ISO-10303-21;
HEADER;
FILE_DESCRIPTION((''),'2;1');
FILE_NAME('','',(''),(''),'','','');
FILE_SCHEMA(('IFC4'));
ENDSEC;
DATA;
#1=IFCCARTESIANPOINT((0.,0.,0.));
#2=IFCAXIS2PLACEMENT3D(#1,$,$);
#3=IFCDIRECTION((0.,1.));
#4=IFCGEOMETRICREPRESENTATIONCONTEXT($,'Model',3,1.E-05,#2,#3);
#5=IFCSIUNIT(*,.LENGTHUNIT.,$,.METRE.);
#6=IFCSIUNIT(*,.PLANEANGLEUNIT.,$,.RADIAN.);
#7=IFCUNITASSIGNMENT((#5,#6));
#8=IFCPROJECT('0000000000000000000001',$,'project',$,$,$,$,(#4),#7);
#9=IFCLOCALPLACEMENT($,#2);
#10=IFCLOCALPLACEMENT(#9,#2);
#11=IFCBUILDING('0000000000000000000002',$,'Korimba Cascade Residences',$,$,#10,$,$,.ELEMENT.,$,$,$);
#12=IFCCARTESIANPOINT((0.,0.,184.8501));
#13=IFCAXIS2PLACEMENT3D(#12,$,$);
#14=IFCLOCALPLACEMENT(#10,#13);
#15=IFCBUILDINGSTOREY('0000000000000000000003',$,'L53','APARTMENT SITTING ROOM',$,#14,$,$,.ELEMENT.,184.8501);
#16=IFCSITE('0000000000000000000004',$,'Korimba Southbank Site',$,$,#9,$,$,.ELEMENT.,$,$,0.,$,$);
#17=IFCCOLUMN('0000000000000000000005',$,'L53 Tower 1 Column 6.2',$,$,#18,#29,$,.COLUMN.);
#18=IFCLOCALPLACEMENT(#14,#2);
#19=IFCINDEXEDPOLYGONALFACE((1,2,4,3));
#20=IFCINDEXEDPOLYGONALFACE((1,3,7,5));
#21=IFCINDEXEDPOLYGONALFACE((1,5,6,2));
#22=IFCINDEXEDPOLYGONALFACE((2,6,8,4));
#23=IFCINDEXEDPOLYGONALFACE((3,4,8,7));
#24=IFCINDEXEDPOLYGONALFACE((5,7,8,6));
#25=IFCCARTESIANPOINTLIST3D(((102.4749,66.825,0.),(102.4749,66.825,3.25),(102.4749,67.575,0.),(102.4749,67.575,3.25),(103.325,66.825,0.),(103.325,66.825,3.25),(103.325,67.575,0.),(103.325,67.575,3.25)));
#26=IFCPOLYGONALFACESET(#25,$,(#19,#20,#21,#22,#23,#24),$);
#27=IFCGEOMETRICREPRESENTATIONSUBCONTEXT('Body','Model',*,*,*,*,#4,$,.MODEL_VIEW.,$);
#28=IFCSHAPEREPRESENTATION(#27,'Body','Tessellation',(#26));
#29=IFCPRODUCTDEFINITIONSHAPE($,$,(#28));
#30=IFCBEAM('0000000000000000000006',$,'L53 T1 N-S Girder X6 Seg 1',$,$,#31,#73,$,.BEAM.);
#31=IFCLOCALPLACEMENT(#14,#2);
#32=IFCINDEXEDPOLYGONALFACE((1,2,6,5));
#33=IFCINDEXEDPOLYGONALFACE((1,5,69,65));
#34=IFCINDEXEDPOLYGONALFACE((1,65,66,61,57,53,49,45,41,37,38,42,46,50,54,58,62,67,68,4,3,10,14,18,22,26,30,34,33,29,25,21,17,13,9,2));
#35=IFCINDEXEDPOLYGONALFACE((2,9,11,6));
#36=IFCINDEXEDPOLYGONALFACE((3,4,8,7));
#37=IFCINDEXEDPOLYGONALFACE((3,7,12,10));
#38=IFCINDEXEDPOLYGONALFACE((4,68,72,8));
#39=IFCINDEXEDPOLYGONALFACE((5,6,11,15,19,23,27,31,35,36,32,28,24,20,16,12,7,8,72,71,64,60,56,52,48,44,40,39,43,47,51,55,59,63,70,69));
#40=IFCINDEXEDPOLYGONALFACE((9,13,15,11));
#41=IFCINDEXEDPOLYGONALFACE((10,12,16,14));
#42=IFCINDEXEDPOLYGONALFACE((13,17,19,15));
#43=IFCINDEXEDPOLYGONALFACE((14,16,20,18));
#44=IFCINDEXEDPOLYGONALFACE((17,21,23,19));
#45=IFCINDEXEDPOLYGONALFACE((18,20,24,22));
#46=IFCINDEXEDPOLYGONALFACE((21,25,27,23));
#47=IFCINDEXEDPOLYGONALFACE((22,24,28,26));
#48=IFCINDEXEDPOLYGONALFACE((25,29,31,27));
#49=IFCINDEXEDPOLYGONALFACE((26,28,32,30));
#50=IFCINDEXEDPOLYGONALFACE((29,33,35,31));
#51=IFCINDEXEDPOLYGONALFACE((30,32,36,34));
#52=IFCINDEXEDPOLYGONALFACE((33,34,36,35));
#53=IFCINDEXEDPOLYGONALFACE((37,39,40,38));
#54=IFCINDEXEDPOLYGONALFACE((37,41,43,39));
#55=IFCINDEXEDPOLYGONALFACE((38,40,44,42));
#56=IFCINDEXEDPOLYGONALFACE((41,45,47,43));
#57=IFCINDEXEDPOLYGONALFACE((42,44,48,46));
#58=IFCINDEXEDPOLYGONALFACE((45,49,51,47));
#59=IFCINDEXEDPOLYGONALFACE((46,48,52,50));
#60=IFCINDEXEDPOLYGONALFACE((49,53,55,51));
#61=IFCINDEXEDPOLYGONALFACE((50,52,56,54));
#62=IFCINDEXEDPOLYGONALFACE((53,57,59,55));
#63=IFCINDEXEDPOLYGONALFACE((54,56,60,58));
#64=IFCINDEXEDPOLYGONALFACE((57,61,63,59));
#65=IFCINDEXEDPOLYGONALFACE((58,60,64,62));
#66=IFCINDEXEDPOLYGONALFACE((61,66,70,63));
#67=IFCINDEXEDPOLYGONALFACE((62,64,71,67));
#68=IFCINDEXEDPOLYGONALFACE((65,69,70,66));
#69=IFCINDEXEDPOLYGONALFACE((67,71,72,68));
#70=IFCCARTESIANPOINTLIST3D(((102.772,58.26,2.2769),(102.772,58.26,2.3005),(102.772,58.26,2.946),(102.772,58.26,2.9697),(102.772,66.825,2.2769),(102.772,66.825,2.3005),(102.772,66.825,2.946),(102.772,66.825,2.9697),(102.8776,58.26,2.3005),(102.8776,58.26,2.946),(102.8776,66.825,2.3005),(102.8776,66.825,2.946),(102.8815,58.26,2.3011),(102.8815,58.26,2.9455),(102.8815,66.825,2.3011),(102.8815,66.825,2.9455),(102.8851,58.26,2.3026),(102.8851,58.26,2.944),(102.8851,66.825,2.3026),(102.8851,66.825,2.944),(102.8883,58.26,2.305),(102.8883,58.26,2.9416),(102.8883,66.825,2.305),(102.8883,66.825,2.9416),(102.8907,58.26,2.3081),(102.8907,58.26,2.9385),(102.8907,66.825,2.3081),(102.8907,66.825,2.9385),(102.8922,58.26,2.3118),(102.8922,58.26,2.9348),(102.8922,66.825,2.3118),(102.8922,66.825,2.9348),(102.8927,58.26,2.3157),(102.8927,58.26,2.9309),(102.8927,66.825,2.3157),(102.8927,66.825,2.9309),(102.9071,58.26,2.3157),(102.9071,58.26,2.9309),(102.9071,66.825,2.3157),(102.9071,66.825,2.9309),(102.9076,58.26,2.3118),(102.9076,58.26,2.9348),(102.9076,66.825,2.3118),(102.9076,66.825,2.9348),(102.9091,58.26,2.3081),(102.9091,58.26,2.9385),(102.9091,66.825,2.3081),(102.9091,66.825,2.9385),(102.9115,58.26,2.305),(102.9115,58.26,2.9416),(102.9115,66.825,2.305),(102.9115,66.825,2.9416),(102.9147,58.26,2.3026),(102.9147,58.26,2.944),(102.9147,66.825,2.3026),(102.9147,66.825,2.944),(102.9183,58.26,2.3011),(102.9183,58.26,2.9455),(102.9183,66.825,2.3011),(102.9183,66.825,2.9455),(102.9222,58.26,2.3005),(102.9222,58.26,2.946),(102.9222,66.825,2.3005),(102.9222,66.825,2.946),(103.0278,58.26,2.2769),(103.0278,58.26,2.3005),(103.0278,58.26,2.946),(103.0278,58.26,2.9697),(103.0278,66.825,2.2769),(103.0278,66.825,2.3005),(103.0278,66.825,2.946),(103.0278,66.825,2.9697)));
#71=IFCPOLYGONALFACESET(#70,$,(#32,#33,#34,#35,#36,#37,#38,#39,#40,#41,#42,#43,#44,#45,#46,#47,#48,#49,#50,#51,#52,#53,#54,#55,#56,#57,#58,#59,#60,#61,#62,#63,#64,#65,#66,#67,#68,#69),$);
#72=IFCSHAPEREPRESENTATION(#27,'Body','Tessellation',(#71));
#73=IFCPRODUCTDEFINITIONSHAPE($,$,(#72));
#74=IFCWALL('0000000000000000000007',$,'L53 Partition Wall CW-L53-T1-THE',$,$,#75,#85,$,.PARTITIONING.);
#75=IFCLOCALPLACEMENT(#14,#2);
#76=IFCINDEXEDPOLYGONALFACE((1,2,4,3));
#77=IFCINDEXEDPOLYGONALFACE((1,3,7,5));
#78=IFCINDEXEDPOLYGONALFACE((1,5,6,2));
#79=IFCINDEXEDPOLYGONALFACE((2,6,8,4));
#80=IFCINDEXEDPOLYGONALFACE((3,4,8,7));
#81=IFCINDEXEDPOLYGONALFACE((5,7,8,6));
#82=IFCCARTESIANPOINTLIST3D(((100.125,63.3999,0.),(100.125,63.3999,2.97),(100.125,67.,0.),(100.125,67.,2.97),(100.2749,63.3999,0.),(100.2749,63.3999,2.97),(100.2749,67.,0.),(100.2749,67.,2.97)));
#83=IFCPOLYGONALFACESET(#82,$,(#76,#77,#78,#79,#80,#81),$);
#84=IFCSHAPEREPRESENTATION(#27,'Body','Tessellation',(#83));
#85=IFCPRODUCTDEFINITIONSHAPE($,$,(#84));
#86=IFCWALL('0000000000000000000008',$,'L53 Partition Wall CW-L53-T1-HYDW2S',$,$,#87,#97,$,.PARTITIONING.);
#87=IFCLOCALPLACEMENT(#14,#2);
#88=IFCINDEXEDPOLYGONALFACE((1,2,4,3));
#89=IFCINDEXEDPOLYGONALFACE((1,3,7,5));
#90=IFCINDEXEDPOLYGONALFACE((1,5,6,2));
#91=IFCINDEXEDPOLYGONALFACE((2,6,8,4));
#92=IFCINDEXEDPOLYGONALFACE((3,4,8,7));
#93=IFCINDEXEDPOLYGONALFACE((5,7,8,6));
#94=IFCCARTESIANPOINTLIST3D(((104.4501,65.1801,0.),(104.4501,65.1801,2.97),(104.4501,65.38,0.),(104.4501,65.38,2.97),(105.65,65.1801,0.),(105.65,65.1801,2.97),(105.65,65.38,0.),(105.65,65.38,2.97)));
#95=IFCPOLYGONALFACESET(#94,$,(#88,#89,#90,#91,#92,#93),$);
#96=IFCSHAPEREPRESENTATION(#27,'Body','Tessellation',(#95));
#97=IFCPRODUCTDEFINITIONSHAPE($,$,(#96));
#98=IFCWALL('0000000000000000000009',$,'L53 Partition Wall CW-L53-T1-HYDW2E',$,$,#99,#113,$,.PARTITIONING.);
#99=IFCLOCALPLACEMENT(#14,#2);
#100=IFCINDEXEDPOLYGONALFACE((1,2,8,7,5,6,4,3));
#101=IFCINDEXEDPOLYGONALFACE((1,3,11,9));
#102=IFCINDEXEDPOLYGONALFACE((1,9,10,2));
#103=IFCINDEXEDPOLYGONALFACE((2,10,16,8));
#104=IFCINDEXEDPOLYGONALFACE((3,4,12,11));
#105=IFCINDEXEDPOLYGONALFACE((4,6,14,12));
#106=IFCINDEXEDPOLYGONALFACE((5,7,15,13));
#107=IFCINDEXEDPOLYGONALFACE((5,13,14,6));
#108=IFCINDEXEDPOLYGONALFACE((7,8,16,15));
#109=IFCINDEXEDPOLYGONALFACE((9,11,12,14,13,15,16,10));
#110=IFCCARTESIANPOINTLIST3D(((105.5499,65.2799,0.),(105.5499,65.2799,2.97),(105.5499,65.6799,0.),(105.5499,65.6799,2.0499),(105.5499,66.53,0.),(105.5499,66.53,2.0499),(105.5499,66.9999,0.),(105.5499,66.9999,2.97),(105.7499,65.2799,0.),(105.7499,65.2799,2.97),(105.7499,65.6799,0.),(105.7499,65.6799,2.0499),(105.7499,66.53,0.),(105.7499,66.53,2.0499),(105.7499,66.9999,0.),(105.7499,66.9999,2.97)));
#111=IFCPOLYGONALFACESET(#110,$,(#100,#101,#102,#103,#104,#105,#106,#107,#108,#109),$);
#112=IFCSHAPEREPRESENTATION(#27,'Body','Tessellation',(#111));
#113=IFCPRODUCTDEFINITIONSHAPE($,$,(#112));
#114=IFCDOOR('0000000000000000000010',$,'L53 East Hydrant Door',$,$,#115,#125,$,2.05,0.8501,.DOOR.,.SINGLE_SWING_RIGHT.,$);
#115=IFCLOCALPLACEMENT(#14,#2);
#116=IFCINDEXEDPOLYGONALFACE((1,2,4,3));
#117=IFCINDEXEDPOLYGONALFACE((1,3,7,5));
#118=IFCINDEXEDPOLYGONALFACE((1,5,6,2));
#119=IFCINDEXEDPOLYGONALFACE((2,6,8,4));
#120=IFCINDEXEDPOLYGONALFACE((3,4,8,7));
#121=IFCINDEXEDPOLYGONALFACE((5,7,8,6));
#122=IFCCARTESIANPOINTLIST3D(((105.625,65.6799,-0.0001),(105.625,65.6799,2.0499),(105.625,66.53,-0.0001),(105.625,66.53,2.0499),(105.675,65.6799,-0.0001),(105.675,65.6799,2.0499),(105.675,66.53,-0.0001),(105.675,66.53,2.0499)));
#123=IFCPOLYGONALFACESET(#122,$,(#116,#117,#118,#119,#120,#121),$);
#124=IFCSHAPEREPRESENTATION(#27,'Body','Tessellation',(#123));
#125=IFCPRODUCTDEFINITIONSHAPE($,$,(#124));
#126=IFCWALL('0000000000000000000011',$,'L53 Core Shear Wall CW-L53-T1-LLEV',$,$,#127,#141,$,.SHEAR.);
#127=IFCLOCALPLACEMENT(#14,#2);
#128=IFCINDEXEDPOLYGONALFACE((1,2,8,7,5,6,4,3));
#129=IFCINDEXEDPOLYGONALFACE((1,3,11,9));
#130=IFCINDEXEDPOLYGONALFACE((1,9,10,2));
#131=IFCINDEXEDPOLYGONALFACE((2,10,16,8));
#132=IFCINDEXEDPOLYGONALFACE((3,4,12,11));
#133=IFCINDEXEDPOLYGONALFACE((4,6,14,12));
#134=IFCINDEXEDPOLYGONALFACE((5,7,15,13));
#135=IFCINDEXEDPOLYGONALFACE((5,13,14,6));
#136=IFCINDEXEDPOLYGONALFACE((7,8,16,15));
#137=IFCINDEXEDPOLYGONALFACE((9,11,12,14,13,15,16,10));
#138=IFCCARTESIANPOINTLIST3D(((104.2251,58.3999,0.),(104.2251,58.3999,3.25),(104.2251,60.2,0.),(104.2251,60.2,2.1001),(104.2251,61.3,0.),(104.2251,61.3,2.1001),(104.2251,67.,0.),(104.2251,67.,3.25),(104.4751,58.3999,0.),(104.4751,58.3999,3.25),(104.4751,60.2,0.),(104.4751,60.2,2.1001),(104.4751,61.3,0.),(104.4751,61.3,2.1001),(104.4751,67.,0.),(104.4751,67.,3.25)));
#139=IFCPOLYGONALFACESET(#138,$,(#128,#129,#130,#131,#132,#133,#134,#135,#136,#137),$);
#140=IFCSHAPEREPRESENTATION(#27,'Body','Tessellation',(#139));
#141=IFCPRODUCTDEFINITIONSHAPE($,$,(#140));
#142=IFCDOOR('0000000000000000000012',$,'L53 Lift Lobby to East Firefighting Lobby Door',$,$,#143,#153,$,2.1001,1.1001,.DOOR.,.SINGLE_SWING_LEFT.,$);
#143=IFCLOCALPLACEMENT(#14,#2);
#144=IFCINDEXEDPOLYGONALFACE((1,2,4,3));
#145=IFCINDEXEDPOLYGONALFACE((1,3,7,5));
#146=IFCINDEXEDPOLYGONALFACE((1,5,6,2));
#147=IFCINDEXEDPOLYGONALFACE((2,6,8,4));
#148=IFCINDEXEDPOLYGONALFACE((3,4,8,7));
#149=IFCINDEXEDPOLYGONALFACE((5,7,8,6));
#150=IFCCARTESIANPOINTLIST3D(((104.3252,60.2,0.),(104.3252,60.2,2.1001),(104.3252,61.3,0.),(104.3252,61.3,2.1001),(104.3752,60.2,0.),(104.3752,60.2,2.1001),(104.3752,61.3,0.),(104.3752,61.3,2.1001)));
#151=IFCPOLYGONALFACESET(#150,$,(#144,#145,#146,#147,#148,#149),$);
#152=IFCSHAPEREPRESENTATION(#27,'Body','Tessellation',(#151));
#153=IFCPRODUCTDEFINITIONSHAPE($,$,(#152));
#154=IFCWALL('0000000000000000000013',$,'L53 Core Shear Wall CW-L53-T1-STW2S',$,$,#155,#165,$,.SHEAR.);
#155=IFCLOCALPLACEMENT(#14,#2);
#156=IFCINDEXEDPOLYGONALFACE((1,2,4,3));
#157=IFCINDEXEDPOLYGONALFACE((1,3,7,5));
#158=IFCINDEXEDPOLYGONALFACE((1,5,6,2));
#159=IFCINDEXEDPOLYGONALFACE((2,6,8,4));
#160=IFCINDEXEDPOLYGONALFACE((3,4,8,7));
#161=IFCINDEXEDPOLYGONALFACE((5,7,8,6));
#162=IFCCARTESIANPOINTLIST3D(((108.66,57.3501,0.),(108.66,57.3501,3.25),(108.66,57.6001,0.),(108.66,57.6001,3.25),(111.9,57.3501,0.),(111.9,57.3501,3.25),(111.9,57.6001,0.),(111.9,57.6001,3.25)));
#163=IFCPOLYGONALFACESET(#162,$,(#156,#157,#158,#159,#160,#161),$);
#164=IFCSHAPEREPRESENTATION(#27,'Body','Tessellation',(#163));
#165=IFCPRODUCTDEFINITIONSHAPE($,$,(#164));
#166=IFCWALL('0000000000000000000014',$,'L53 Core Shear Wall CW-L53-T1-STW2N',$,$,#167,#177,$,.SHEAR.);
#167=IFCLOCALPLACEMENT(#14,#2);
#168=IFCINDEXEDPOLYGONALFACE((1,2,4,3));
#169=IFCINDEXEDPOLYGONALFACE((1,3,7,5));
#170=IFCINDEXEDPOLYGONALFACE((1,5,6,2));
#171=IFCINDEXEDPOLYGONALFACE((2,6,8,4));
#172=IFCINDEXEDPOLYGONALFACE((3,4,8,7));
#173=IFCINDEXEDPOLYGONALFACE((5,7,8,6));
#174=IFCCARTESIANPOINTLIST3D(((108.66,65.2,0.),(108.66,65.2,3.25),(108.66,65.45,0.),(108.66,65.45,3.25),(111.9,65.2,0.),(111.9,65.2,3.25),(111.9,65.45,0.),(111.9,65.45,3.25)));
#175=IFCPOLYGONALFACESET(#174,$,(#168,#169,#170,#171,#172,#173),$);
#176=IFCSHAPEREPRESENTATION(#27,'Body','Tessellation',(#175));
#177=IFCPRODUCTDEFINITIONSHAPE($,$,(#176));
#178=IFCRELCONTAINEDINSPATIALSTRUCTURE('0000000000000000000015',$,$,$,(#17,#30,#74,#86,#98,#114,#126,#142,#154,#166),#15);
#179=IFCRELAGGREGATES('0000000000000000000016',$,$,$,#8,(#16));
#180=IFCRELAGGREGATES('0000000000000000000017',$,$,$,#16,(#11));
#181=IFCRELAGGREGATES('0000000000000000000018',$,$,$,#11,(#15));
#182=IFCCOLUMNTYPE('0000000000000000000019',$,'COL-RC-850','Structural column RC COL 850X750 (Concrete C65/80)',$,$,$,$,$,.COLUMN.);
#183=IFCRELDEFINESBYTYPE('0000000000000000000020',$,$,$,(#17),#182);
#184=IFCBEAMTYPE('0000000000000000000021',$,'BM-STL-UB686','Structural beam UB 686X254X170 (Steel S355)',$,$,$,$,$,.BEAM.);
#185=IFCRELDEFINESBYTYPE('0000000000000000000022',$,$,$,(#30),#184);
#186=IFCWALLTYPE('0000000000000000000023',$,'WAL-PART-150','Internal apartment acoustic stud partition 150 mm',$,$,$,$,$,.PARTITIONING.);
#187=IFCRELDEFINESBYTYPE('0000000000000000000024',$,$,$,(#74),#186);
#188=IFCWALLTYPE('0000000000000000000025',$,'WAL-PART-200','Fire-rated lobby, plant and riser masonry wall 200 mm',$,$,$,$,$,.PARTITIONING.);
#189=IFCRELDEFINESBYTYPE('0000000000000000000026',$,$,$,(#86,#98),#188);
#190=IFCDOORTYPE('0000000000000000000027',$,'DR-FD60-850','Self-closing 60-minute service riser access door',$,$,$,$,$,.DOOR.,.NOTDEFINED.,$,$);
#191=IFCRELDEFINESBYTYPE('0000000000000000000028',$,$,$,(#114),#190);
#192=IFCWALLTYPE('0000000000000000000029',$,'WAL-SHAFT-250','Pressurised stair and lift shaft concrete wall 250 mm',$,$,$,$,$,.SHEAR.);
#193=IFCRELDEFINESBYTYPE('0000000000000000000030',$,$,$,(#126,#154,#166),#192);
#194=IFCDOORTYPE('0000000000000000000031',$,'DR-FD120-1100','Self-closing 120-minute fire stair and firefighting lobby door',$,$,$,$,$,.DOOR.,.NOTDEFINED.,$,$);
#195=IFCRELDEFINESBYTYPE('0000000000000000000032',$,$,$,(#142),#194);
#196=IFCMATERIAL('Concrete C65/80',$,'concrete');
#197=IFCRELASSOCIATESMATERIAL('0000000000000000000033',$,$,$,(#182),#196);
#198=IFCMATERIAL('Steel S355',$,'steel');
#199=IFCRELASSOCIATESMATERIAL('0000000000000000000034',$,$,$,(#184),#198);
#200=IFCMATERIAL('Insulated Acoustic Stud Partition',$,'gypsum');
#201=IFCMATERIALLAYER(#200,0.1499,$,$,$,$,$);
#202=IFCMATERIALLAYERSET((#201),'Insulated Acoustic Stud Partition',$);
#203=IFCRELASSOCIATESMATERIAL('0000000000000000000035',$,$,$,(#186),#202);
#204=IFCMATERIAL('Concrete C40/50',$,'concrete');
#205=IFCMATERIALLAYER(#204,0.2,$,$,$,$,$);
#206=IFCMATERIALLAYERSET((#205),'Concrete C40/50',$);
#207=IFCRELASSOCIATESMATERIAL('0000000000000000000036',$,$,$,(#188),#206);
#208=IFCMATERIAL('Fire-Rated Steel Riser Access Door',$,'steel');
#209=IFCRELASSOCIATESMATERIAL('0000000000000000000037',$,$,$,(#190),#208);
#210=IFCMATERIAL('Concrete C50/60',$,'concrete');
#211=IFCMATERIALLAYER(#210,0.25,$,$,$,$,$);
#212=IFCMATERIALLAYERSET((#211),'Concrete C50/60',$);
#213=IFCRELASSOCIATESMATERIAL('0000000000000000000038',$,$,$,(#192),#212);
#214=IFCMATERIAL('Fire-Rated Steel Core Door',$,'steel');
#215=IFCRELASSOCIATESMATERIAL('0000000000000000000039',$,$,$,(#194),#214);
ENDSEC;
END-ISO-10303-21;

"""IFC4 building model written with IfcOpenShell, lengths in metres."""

from ifc_helpers import new_model, si_unit, direction, frame, frame_2d, origin, origin_2d, place, context, subcontext, project, spatial, rectangle, i_section, extrude, material, layer, layer_set, material_profile, profile_set, type_object, element, fill, save


model = new_model("IFC4")

# Units and contexts
model_context = context("Model", 3, precision=1e-05, world=origin(), true_north=direction((0.0, 1.0)))
body_context = subcontext(model_context, "Body", "Model", "MODEL_VIEW")
ifc_project = project(units=[si_unit("LENGTHUNIT", "METRE"), si_unit("PLANEANGLEUNIT", "RADIAN")], contexts=[model_context])

# Site, building, storey
site_placement = place(None, origin())
site = spatial("IfcSite", under=ifc_project, at=site_placement, Name="Korimba Southbank Site", CompositionType="ELEMENT", RefElevation=0.0)
building_placement = place(site_placement, origin())
building = spatial("IfcBuilding", under=site, at=building_placement, Name="Korimba Cascade Residences", CompositionType="ELEMENT")
storey_placement = place(building_placement, frame((0.0, 0.0, 184.8501)))
storey = spatial("IfcBuildingStorey", under=building, at=storey_placement, Name="L53", Description="APARTMENT SITTING ROOM", CompositionType="ELEMENT", Elevation=184.8501)

# Column
ifc_material_1 = material(Name="Concrete C65/80", Category="concrete")
ifc_material_profile_1 = material_profile(ifc_material_1, rectangle(XDim=0.8501, YDim=0.75, at=origin_2d()), Name="Concrete C65/80")
ifc_profile_set_1 = profile_set([ifc_material_profile_1], Name="Concrete C65/80")
column_type = type_object("IfcColumnType", Name="COL-RC-850", Description="Structural column RC COL 850X750 (Concrete C65/80)", PredefinedType="COLUMN", material=ifc_profile_set_1)
column_placement = place(storey_placement, frame((102.8999, 67.2, 0.0), z_axis=(0.0, 0.0, 1.0), x_axis=(1.0, 0.0, 0.0)))
element("IfcColumn", 1, at=column_placement, inside=storey, type_object=column_type, Name="L53 Tower 1 Column 6.2", PredefinedType="COLUMN", context=body_context, shape_type="SweptSolid", body=[
    extrude(rectangle(XDim=0.8501, YDim=0.75, at=origin_2d()), origin(), (0.0, 0.0, 1.0), 3.25),
])

# Beam
ifc_material_2 = material(Name="Steel S355", Category="steel")
ifc_material_profile_2 = material_profile(ifc_material_2, i_section(OverallWidth=0.2559, OverallDepth=0.6929, WebThickness=0.0144, FlangeThickness=0.0237, FilletRadius=0.0151, at=origin_2d()), Name="Steel S355")
ifc_profile_set_2 = profile_set([ifc_material_profile_2], Name="Steel S355")
beam_type = type_object("IfcBeamType", Name="BM-STL-UB686", Description="Structural beam UB 686X254X170 (Steel S355)", PredefinedType="BEAM", material=ifc_profile_set_2)
beam_placement = place(storey_placement, frame((102.8999, 58.26, 2.6233), z_axis=(0.0, 1.0, 0.0), x_axis=(-1.0, 0.0, 0.0)))
element("IfcBeam", 2, at=beam_placement, inside=storey, type_object=beam_type, Name="L53 T1 N-S Girder X6 Seg 1", PredefinedType="BEAM", context=body_context, shape_type="SweptSolid", body=[
    extrude(i_section(OverallWidth=0.2559, OverallDepth=0.6929, WebThickness=0.0144, FlangeThickness=0.0237, FilletRadius=0.0151, at=origin_2d()), origin(), (0.0, 0.0, 1.0), 8.5649),
])

# Walls
ifc_material_3 = material(Name="Insulated Acoustic Stud Partition", Category="gypsum")
ifc_layer_1 = layer(ifc_material_3, 0.1499)
ifc_layer_set_1 = layer_set([ifc_layer_1], Name="Insulated Acoustic Stud Partition")
wall_type_1 = type_object("IfcWallType", Name="WAL-PART-150", Description="Internal apartment acoustic stud partition 150 mm", PredefinedType="PARTITIONING", material=ifc_layer_set_1)
wall_1_placement = place(storey_placement, frame((100.2, 63.3999, 0.0), z_axis=(0.0, 0.0, 1.0), x_axis=(0.0, 1.0, 0.0)))
element("IfcWall", 3, at=wall_1_placement, inside=storey, type_object=wall_type_1, Name="L53 Partition Wall CW-L53-T1-THE", PredefinedType="PARTITIONING", context=body_context, shape_type="SweptSolid", body=[
    extrude(rectangle(XDim=3.6001, YDim=0.1499, at=frame_2d((1.8, 0.0))), origin(), (0.0, 0.0, 1.0), 2.97),
])
ifc_material_4 = material(Name="Concrete C40/50", Category="concrete")
ifc_layer_2 = layer(ifc_material_4, 0.2)
ifc_layer_set_2 = layer_set([ifc_layer_2], Name="Concrete C40/50")
wall_type_2 = type_object("IfcWallType", Name="WAL-PART-200", Description="Fire-rated lobby, plant and riser masonry wall 200 mm", PredefinedType="PARTITIONING", material=ifc_layer_set_2)
wall_2_placement = place(storey_placement, frame((104.45, 65.28, 0.0), z_axis=(0.0, 0.0, 1.0), x_axis=(1.0, 0.0, 0.0)))
element("IfcWall", 4, at=wall_2_placement, inside=storey, type_object=wall_type_2, Name="L53 Partition Wall CW-L53-T1-HYDW2S", PredefinedType="PARTITIONING", context=body_context, shape_type="SweptSolid", body=[
    extrude(rectangle(XDim=1.2, YDim=0.2, at=frame_2d((0.6001, 0.0))), origin(), (0.0, 0.0, 1.0), 2.97),
])

# Wall, opening, door
wall_3_placement = place(storey_placement, frame((105.6499, 65.28, 0.0), z_axis=(0.0, 0.0, 1.0), x_axis=(0.0, 1.0, 0.0)))
wall_3 = element("IfcWall", 5, at=wall_3_placement, inside=storey, type_object=wall_type_2, Name="L53 Partition Wall CW-L53-T1-HYDW2E", PredefinedType="PARTITIONING", context=body_context, shape_type="SweptSolid", body=[
    extrude(rectangle(XDim=1.72, YDim=0.2, at=frame_2d((0.8599, 0.0))), origin(), (0.0, 0.0, 1.0), 2.97),
])
opening_1_placement = place(wall_3_placement, frame((0.3999, 0.0, 0.0)))
opening_1 = element("IfcOpeningElement", 6, at=opening_1_placement, cuts=wall_3, PredefinedType="OPENING", context=body_context, shape_type="SweptSolid", body=[
    extrude(rectangle(XDim=0.8501, YDim=2.05, at=frame_2d((0.425, 1.0249))), frame((0.0, 0.1099, 0.0), z_axis=(0.0, -1.0, 0.0), x_axis=(1.0, 0.0, 0.0)), (0.0, 0.0, 1.0), 0.22),
])
ifc_material_5 = material(Name="Fire-Rated Steel Riser Access Door", Category="steel")
door_type_1 = type_object("IfcDoorType", Name="DR-FD60-850", Description="Self-closing 60-minute service riser access door", OperationType="NOTDEFINED", PredefinedType="DOOR", material=ifc_material_5)
door_1_placement = place(opening_1_placement, origin())
door_1 = element("IfcDoor", 7, at=door_1_placement, inside=storey, type_object=door_type_1, Name="L53 East Hydrant Door", OperationType="SINGLE_SWING_RIGHT", OverallHeight=2.05, OverallWidth=0.8501, PredefinedType="DOOR", context=body_context, shape_type="SweptSolid", body=[
    extrude(rectangle(XDim=0.8501, YDim=2.05, at=frame_2d((0.425, 1.0249))), frame((0.0, 0.0249, 0.0), z_axis=(0.0, -1.0, 0.0), x_axis=(1.0, 0.0, 0.0)), (0.0, 0.0, 1.0), 0.05),
])
fill(opening_1, door_1)

# Shared definitions
ifc_material_6 = material(Name="Concrete C50/60", Category="concrete")
ifc_layer_3 = layer(ifc_material_6, 0.25)
ifc_layer_set_3 = layer_set([ifc_layer_3], Name="Concrete C50/60")
wall_type_3 = type_object("IfcWallType", Name="WAL-SHAFT-250", Description="Pressurised stair and lift shaft concrete wall 250 mm", PredefinedType="SHEAR", material=ifc_layer_set_3)

# Wall, opening, door
wall_4_placement = place(storey_placement, frame((104.3501, 58.3999, 0.0), z_axis=(0.0, 0.0, 1.0), x_axis=(0.0, 1.0, 0.0)))
wall_4 = element("IfcWall", 8, at=wall_4_placement, inside=storey, type_object=wall_type_3, Name="L53 Core Shear Wall CW-L53-T1-LLEV", PredefinedType="SHEAR", context=body_context, shape_type="SweptSolid", body=[
    extrude(rectangle(XDim=8.6001, YDim=0.25, at=frame_2d((4.3, 0.0))), origin(), (0.0, 0.0, 1.0), 3.25),
])
opening_2_placement = place(wall_4_placement, frame((1.8, 0.0, 0.0)))
opening_2 = element("IfcOpeningElement", 9, at=opening_2_placement, cuts=wall_4, PredefinedType="OPENING", context=body_context, shape_type="SweptSolid", body=[
    extrude(rectangle(XDim=1.1001, YDim=2.1001, at=frame_2d((0.55, 1.05))), frame((0.0, 0.135, 0.0), z_axis=(0.0, -1.0, 0.0), x_axis=(1.0, 0.0, 0.0)), (0.0, 0.0, 1.0), 0.27),
])
ifc_material_7 = material(Name="Fire-Rated Steel Core Door", Category="steel")
door_type_2 = type_object("IfcDoorType", Name="DR-FD120-1100", Description="Self-closing 120-minute fire stair and firefighting lobby door", OperationType="NOTDEFINED", PredefinedType="DOOR", material=ifc_material_7)
door_2_placement = place(opening_2_placement, origin())
door_2 = element("IfcDoor", 10, at=door_2_placement, inside=storey, type_object=door_type_2, Name="L53 Lift Lobby to East Firefighting Lobby Door", OperationType="SINGLE_SWING_LEFT", OverallHeight=2.1001, OverallWidth=1.1001, PredefinedType="DOOR", context=body_context, shape_type="SweptSolid", body=[
    extrude(rectangle(XDim=1.1001, YDim=2.1001, at=frame_2d((0.55, 1.05))), frame((0.0, 0.0249, 0.0), z_axis=(0.0, -1.0, 0.0), x_axis=(1.0, 0.0, 0.0)), (0.0, 0.0, 1.0), 0.05),
])
fill(opening_2, door_2)

# Walls
for number, where, z_axis, x_axis, name in (
    (11, (108.6599, 57.4751, 0.0), (0.0, 0.0, 1.0), (1.0, 0.0, 0.0), "L53 Core Shear Wall CW-L53-T1-STW2S"),
    (12, (108.6599, 65.325, 0.0), (0.0, 0.0, 1.0), (1.0, 0.0, 0.0), "L53 Core Shear Wall CW-L53-T1-STW2N"),
):
    element("IfcWall", number, at=place(storey_placement, frame(where, z_axis=z_axis, x_axis=x_axis)), inside=storey, type_object=wall_type_3, Name=name, PredefinedType="SHEAR", context=body_context, shape_type="SweptSolid", body=[
        extrude(rectangle(XDim=3.24, YDim=0.25, at=frame_2d((1.6201, 0.0))), origin(), (0.0, 0.0, 1.0), 3.25),
    ])

save(model, "model.ifc")
